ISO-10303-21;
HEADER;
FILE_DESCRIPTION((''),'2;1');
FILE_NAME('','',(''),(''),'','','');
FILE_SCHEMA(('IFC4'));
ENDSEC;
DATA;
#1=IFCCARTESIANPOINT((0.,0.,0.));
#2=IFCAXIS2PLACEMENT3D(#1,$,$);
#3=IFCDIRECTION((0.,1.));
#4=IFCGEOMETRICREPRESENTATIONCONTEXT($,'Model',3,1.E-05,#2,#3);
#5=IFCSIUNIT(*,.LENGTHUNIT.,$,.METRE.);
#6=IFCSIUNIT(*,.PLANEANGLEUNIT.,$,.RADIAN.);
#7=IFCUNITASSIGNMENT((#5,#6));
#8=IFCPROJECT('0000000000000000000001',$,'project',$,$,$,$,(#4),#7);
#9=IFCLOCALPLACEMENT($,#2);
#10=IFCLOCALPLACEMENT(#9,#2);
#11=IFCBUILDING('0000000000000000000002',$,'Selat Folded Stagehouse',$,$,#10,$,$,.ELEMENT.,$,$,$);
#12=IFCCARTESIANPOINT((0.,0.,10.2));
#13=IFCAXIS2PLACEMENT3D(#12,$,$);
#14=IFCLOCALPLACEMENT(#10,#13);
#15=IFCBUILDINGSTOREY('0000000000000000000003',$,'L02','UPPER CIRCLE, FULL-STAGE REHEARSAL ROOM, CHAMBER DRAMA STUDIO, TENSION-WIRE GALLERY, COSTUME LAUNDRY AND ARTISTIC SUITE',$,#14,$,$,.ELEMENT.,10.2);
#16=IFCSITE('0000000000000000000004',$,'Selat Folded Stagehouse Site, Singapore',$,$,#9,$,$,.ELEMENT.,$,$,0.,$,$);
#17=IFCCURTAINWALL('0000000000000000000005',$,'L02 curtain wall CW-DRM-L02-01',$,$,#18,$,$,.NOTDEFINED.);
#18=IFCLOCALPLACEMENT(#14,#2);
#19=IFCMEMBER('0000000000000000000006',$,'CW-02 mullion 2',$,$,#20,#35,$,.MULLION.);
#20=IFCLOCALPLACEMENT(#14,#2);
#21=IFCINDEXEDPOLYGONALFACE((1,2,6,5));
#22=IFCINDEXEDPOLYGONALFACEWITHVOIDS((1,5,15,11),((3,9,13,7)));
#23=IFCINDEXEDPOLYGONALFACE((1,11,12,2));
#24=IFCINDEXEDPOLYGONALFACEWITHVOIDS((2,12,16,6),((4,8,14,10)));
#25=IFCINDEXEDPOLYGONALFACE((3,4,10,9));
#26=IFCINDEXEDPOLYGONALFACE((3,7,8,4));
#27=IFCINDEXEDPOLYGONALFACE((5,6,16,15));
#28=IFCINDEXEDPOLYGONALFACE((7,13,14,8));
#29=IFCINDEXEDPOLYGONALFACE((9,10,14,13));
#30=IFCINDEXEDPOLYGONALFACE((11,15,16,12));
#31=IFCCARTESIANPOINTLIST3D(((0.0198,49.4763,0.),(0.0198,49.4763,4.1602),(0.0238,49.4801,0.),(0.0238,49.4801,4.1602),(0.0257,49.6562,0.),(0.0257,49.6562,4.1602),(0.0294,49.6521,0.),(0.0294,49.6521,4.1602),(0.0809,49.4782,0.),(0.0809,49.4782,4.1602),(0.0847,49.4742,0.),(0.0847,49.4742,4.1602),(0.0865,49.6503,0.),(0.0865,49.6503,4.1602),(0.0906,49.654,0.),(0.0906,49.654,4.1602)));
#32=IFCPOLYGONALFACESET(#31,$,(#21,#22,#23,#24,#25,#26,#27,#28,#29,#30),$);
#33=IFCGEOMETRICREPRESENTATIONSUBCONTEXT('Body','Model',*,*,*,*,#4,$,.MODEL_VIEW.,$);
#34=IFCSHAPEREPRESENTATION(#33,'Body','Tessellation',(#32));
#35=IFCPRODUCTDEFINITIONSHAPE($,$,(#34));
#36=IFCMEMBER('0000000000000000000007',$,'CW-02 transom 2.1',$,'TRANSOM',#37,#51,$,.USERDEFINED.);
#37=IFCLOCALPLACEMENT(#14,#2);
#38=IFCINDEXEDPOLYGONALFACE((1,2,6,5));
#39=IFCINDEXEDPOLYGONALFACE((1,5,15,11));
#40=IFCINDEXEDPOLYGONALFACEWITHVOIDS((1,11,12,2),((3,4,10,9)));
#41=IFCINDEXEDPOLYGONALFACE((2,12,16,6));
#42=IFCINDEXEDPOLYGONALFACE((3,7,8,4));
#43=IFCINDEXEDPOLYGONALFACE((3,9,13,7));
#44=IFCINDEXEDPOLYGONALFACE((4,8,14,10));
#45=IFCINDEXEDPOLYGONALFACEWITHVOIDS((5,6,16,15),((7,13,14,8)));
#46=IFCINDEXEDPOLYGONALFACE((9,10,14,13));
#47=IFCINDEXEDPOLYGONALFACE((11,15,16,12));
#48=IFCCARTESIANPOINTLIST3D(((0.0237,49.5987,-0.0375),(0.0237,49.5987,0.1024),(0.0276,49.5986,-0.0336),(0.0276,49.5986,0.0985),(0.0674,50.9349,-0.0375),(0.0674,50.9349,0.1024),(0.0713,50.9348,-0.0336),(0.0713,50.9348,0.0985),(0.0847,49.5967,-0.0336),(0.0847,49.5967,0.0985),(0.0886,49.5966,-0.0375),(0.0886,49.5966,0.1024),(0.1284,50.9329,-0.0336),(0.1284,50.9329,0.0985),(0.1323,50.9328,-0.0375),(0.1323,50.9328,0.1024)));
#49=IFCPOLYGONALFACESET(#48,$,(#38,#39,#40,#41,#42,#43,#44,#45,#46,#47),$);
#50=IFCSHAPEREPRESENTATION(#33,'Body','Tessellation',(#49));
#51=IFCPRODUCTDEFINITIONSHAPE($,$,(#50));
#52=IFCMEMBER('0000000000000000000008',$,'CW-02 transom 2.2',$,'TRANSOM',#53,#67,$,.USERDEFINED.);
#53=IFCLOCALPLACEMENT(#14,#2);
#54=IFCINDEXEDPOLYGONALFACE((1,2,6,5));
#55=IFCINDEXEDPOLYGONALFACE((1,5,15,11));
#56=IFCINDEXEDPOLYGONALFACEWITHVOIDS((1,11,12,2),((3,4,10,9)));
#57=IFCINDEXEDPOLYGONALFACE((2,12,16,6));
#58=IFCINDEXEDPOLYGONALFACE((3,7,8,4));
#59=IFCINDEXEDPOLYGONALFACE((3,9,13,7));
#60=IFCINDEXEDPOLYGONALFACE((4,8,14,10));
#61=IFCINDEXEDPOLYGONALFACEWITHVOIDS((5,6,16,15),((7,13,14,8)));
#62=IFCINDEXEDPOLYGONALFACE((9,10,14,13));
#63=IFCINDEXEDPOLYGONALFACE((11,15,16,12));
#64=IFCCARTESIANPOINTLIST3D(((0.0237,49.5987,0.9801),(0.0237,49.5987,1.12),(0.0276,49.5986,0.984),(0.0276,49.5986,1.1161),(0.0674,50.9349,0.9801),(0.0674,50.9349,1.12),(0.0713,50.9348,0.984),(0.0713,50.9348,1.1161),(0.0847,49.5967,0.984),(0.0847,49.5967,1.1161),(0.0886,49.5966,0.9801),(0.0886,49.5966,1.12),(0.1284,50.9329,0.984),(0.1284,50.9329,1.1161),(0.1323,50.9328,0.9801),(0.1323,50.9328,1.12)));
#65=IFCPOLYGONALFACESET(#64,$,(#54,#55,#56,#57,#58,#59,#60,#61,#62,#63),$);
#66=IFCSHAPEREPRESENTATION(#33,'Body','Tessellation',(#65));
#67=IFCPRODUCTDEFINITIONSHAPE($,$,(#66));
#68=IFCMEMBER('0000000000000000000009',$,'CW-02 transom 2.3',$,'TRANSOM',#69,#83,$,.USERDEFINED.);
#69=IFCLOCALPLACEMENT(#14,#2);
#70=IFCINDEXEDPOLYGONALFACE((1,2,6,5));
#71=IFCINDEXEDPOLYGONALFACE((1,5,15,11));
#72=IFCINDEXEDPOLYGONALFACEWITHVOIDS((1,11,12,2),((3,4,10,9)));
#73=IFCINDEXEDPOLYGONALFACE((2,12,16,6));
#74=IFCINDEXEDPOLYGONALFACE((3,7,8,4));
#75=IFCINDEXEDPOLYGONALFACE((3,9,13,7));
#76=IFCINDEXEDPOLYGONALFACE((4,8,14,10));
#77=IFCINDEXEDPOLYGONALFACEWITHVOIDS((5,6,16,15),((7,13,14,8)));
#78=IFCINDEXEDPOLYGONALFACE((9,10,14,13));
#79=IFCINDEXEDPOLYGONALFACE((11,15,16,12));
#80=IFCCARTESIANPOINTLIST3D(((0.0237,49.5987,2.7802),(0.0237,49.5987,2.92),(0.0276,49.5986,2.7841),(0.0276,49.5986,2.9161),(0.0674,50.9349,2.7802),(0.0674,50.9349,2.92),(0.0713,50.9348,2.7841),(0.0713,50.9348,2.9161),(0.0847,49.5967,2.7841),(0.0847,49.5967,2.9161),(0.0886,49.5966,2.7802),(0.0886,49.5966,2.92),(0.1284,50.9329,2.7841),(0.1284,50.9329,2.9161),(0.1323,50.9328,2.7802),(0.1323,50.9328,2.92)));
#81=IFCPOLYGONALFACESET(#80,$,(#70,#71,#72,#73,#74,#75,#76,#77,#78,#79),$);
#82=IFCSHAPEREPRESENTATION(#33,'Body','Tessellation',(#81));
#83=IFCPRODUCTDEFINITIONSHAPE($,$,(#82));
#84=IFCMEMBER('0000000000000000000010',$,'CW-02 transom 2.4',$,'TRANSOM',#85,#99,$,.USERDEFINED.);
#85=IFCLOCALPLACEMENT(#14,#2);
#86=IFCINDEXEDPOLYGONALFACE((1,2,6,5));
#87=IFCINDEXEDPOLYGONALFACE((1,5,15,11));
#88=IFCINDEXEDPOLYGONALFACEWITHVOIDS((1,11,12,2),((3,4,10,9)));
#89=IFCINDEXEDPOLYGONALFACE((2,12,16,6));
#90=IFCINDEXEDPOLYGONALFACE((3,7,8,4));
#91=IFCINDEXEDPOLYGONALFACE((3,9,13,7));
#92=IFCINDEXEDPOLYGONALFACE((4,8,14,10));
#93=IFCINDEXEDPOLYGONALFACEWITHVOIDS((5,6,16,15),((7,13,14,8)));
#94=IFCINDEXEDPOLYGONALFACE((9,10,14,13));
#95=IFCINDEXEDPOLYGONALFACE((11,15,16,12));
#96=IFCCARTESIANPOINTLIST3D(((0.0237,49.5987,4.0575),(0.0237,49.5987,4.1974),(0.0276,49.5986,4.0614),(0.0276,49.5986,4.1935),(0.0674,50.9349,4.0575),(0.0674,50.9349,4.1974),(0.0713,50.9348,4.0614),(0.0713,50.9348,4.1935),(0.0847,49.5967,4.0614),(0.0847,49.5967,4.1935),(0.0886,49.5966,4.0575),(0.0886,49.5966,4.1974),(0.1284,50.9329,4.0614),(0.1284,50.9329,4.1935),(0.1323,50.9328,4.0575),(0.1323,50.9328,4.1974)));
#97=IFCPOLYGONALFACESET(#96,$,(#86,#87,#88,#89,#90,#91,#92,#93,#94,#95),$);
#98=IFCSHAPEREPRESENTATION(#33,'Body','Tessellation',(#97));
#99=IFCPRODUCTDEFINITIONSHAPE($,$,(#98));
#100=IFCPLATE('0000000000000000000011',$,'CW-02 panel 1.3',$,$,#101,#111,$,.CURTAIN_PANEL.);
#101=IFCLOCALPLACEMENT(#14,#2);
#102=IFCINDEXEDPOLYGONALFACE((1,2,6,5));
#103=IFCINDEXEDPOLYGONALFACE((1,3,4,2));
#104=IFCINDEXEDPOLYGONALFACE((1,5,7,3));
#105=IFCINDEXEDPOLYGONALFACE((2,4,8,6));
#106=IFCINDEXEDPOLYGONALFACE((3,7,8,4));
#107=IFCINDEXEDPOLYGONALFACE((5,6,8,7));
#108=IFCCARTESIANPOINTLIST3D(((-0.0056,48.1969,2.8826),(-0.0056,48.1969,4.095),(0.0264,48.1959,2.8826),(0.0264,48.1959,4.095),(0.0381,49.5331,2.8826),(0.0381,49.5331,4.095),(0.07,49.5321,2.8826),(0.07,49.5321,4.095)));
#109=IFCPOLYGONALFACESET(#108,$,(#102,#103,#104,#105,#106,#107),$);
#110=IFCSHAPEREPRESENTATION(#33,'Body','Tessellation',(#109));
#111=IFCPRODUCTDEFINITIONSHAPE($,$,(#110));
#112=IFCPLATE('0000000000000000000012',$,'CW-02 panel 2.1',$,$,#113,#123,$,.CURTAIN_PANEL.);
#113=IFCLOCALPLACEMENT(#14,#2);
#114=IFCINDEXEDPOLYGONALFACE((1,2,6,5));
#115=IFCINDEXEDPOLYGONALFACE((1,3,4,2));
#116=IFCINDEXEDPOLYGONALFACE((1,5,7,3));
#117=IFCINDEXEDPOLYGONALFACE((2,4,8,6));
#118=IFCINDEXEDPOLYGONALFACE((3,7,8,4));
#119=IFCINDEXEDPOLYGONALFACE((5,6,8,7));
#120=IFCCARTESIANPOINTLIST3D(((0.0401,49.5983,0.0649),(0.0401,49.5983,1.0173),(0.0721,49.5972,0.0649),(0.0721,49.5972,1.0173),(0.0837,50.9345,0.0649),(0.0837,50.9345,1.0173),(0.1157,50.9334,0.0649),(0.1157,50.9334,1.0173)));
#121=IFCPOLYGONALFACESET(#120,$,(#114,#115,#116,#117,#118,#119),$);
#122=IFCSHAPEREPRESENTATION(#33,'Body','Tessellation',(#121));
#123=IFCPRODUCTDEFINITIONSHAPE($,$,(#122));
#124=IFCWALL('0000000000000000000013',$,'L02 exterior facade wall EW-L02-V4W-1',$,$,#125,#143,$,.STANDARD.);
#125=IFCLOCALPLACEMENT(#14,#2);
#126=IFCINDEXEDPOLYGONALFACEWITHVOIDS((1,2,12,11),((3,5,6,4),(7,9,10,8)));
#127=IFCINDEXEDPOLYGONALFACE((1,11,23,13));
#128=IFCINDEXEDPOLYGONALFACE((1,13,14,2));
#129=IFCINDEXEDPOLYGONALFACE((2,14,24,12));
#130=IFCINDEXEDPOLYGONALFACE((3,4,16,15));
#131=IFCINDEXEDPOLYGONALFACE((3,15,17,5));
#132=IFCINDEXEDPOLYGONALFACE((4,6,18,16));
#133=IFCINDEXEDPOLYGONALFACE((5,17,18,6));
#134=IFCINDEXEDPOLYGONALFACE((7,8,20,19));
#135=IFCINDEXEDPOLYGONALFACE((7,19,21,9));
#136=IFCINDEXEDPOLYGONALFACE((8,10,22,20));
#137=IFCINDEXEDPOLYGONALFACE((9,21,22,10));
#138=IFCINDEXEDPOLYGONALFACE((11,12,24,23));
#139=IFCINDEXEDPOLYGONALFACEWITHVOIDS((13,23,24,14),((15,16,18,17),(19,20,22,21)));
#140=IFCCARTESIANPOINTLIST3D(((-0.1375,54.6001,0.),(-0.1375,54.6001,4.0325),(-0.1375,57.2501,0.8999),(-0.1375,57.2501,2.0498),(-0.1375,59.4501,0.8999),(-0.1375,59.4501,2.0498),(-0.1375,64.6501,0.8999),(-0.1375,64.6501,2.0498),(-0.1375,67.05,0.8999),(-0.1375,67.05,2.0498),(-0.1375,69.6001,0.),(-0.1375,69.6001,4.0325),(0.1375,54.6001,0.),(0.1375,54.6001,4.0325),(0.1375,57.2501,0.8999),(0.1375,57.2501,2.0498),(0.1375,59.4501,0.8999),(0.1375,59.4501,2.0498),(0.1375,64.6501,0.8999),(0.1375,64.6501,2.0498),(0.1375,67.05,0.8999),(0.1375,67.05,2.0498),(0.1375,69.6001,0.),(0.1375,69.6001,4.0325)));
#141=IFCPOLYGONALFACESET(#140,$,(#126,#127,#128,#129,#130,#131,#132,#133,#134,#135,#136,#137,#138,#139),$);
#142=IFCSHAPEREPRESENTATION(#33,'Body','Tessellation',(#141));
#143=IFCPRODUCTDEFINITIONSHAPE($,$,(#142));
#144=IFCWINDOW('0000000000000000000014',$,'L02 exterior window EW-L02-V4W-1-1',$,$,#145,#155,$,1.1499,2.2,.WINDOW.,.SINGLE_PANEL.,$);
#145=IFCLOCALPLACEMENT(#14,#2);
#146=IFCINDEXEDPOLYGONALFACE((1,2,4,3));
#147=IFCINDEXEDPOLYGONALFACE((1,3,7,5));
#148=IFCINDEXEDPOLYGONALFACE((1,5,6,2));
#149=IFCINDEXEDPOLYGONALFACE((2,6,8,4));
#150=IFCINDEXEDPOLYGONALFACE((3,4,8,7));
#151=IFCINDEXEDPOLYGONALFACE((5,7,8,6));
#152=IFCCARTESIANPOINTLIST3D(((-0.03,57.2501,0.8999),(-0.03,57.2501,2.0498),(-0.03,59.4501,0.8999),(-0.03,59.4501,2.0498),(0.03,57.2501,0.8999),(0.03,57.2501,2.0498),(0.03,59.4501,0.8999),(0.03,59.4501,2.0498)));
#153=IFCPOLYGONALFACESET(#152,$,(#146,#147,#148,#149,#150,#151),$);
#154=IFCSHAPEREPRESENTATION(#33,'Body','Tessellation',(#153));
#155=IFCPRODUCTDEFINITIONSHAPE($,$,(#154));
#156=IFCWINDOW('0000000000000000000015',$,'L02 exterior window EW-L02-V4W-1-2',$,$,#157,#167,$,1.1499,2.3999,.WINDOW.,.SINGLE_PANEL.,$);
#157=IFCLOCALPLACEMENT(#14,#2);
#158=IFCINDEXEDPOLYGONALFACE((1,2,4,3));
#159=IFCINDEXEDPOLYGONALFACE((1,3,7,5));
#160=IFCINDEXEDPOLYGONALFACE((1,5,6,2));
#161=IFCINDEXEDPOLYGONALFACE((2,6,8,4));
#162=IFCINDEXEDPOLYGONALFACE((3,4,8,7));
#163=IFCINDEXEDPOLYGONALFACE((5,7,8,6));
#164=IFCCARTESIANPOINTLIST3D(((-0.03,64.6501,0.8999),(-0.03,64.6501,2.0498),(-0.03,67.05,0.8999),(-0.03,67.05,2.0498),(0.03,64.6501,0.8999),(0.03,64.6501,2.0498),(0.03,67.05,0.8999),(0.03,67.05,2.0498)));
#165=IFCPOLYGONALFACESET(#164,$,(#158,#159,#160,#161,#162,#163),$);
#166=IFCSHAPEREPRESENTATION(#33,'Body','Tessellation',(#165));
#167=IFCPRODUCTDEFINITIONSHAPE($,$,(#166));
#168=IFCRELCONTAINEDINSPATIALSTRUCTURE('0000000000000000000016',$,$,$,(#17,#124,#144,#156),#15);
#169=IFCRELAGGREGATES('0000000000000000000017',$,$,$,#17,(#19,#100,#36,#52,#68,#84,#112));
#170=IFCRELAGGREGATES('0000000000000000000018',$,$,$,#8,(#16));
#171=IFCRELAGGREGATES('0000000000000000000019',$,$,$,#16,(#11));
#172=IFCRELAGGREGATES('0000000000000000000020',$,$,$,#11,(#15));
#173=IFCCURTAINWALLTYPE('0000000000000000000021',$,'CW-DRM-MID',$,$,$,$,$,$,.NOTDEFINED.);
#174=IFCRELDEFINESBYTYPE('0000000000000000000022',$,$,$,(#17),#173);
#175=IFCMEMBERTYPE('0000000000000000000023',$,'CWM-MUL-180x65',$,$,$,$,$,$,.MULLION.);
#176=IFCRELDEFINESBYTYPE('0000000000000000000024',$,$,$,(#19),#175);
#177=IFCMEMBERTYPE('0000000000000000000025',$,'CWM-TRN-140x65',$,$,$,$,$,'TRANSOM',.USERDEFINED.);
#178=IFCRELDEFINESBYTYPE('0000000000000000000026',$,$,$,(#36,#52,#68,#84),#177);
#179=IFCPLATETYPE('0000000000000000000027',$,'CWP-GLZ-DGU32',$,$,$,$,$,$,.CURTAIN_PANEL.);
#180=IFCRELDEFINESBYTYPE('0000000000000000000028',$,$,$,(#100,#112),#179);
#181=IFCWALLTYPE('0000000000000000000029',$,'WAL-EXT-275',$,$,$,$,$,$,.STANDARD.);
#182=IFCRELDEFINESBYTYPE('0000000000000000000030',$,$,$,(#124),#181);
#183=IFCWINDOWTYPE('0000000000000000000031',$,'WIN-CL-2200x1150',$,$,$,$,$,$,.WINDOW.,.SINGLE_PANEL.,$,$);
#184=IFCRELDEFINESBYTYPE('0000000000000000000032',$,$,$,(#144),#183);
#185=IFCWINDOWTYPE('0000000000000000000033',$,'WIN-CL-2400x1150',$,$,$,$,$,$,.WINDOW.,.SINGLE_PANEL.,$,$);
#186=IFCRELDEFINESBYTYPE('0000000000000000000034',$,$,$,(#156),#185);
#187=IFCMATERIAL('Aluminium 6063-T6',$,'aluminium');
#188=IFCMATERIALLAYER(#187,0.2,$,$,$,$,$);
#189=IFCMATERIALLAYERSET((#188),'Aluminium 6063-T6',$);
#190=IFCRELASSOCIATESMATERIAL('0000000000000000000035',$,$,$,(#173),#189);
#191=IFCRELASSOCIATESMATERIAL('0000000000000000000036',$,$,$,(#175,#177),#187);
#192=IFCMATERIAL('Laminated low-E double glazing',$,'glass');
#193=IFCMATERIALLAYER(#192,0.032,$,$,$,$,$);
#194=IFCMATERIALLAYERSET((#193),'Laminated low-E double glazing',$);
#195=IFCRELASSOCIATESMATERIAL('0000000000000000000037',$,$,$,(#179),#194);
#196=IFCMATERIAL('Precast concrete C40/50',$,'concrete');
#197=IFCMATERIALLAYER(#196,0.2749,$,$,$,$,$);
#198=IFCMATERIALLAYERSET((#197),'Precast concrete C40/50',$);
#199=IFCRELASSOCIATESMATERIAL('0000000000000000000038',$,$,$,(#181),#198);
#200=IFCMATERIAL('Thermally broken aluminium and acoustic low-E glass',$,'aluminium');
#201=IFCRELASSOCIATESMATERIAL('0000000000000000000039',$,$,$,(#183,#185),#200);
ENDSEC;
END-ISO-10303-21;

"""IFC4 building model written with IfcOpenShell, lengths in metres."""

from ifc_helpers import new_model, si_unit, direction, frame, frame_2d, origin, origin_2d, place, context, subcontext, project, spatial, rectangle, hollow_rectangle, extrude, material, layer, layer_set, material_profile, profile_set, type_object, element, fill, aggregate, save


model = new_model("IFC4")

# Units and contexts
model_context = context("Model", 3, precision=1e-05, world=origin(), true_north=direction((0.0, 1.0)))
body_context = subcontext(model_context, "Body", "Model", "MODEL_VIEW")
ifc_project = project(units=[si_unit("LENGTHUNIT", "METRE"), si_unit("PLANEANGLEUNIT", "RADIAN")], contexts=[model_context])

# Site, building, storey
site_placement = place(None, origin())
site = spatial("IfcSite", under=ifc_project, at=site_placement, Name="Selat Folded Stagehouse Site, Singapore", CompositionType="ELEMENT", RefElevation=0.0)
building_placement = place(site_placement, origin())
building = spatial("IfcBuilding", under=site, at=building_placement, Name="Selat Folded Stagehouse", CompositionType="ELEMENT")
storey_placement = place(building_placement, frame((0.0, 0.0, 10.2)))
storey = spatial("IfcBuildingStorey", under=building, at=storey_placement, Name="L02", Description="UPPER CIRCLE, FULL-STAGE REHEARSAL ROOM, CHAMBER DRAMA STUDIO, TENSION-WIRE GALLERY, COSTUME LAUNDRY AND ARTISTIC SUITE", CompositionType="ELEMENT", Elevation=10.2)

# Curtain wall, members, plates
ifc_material_1 = material(Name="Aluminium 6063-T6", Category="aluminium")
ifc_layer_1 = layer(ifc_material_1, 0.2)
ifc_layer_set_1 = layer_set([ifc_layer_1], Name="Aluminium 6063-T6")
curtain_wall_type = type_object("IfcCurtainWallType", Name="CW-DRM-MID", PredefinedType="NOTDEFINED", material=ifc_layer_set_1)
curtain_wall_placement = place(storey_placement, origin())
curtain_wall = element("IfcCurtainWall", 1, at=curtain_wall_placement, inside=storey, type_object=curtain_wall_type, Name="L02 curtain wall CW-DRM-L02-01", PredefinedType="NOTDEFINED")
ifc_material_profile_1 = material_profile(ifc_material_1, hollow_rectangle(XDim=0.0649, YDim=0.1799, WallThickness=0.0039, at=origin_2d()), Name="ALU 180x65x4.0")
ifc_profile_set_1 = profile_set([ifc_material_profile_1], Name="Aluminium 6063-T6")
member_type_1 = type_object("IfcMemberType", Name="CWM-MUL-180x65", PredefinedType="MULLION", material=ifc_profile_set_1)
member_1_placement = place(storey_placement, frame((0.0552, 49.5652, 0.0), z_axis=(0.0, 0.0, 1.0), x_axis=(-0.999468, 0.032625, 0.0)))
member_1 = element("IfcMember", 2, at=member_1_placement, type_object=member_type_1, Name="CW-02 mullion 2", PredefinedType="MULLION", context=body_context, shape_type="SweptSolid", body=[
    extrude(hollow_rectangle(XDim=0.0649, YDim=0.1799, WallThickness=0.0039, at=origin_2d()), origin(), (0.0, 0.0, 1.0), 4.1602),
])
ifc_material_profile_2 = material_profile(ifc_material_1, hollow_rectangle(XDim=0.0649, YDim=0.1399, WallThickness=0.0039, at=origin_2d()), Name="ALU 140x65x4.0")
ifc_profile_set_2 = profile_set([ifc_material_profile_2], Name="Aluminium 6063-T6")
member_type_2 = type_object("IfcMemberType", Name="CWM-TRN-140x65", ElementType="TRANSOM", PredefinedType="USERDEFINED", material=ifc_profile_set_2)
member_2_placement = place(storey_placement, frame((0.0562, 49.5977, 0.0325), z_axis=(0.032689, 0.999466, 0.0), x_axis=(-0.999466, 0.032689, 0.0)))
member_2 = element("IfcMember", 3, at=member_2_placement, type_object=member_type_2, Name="CW-02 transom 2.1", ObjectType="TRANSOM", PredefinedType="USERDEFINED", context=body_context, shape_type="SweptSolid", body=[
    extrude(hollow_rectangle(XDim=0.0649, YDim=0.1399, WallThickness=0.0039, at=origin_2d()), origin(), (0.0, 0.0, 1.0), 1.3369),
])
member_3_placement = place(storey_placement, frame((0.0562, 49.5977, 1.05), z_axis=(0.032689, 0.999466, 0.0), x_axis=(-0.999466, 0.032689, 0.0)))
member_3 = element("IfcMember", 4, at=member_3_placement, type_object=member_type_2, Name="CW-02 transom 2.2", ObjectType="TRANSOM", PredefinedType="USERDEFINED", context=body_context, shape_type="SweptSolid", body=[
    extrude(hollow_rectangle(XDim=0.0649, YDim=0.1399, WallThickness=0.0039, at=origin_2d()), origin(), (0.0, 0.0, 1.0), 1.3369),
])
member_4_placement = place(storey_placement, frame((0.0562, 49.5977, 2.8501), z_axis=(0.032689, 0.999466, 0.0), x_axis=(-0.999466, 0.032689, 0.0)))
member_4 = element("IfcMember", 5, at=member_4_placement, type_object=member_type_2, Name="CW-02 transom 2.3", ObjectType="TRANSOM", PredefinedType="USERDEFINED", context=body_context, shape_type="SweptSolid", body=[
    extrude(hollow_rectangle(XDim=0.0649, YDim=0.1399, WallThickness=0.0039, at=origin_2d()), origin(), (0.0, 0.0, 1.0), 1.3369),
])
member_5_placement = place(storey_placement, frame((0.0562, 49.5977, 4.1274), z_axis=(0.032689, 0.999466, 0.0), x_axis=(-0.999466, 0.032689, 0.0)))
member_5 = element("IfcMember", 6, at=member_5_placement, type_object=member_type_2, Name="CW-02 transom 2.4", ObjectType="TRANSOM", PredefinedType="USERDEFINED", context=body_context, shape_type="SweptSolid", body=[
    extrude(hollow_rectangle(XDim=0.0649, YDim=0.1399, WallThickness=0.0039, at=origin_2d()), origin(), (0.0, 0.0, 1.0), 1.3369),
])
ifc_material_2 = material(Name="Laminated low-E double glazing", Category="glass")
ifc_layer_2 = layer(ifc_material_2, 0.032)
ifc_layer_set_2 = layer_set([ifc_layer_2], Name="Laminated low-E double glazing")
plate_type = type_object("IfcPlateType", Name="CWP-GLZ-DGU32", PredefinedType="CURTAIN_PANEL", material=ifc_layer_set_2)
plate_1_placement = place(storey_placement, frame((0.0322, 48.8645, 2.8826), z_axis=(0.0, 0.0, 1.0), x_axis=(0.032625, 0.999468, 0.0)))
plate_1 = element("IfcPlate", 7, at=plate_1_placement, type_object=plate_type, Name="CW-02 panel 1.3", PredefinedType="CURTAIN_PANEL", context=body_context, shape_type="SweptSolid", body=[
    extrude(rectangle(XDim=1.3369, YDim=0.032, at=origin_2d()), origin(), (0.0, 0.0, 1.0), 1.2124),
])
plate_2_placement = place(storey_placement, frame((0.0779, 50.2659, 0.0649), z_axis=(0.0, 0.0, 1.0), x_axis=(0.032625, 0.999468, 0.0)))
plate_2 = element("IfcPlate", 8, at=plate_2_placement, type_object=plate_type, Name="CW-02 panel 2.1", PredefinedType="CURTAIN_PANEL", context=body_context, shape_type="SweptSolid", body=[
    extrude(rectangle(XDim=1.3369, YDim=0.032, at=origin_2d()), origin(), (0.0, 0.0, 1.0), 0.9524),
])
aggregate(curtain_wall, [member_1, plate_1, member_2, member_3, member_4, member_5, plate_2])

# Wall, openings, windows
ifc_material_3 = material(Name="Precast concrete C40/50", Category="concrete")
ifc_layer_3 = layer(ifc_material_3, 0.2749)
ifc_layer_set_3 = layer_set([ifc_layer_3], Name="Precast concrete C40/50")
wall_type = type_object("IfcWallType", Name="WAL-EXT-275", PredefinedType="STANDARD", material=ifc_layer_set_3)
wall_placement = place(storey_placement, frame((0.0, 54.6001, 0.0), z_axis=(0.0, 0.0, 1.0), x_axis=(0.0, 1.0, 0.0)))
wall = element("IfcWall", 9, at=wall_placement, inside=storey, type_object=wall_type, Name="L02 exterior facade wall EW-L02-V4W-1", PredefinedType="STANDARD", context=body_context, shape_type="SweptSolid", body=[
    extrude(rectangle(XDim=15.0, YDim=0.2749, at=frame_2d((7.5, 0.0))), origin(), (0.0, 0.0, 1.0), 4.0325),
])
opening_1_placement = place(wall_placement, frame((2.6499, 0.0, 0.8999)))
opening_1 = element("IfcOpeningElement", 10, at=opening_1_placement, cuts=wall, PredefinedType="OPENING", context=body_context, shape_type="SweptSolid", body=[
    extrude(rectangle(XDim=2.2, YDim=1.1499, at=frame_2d((1.1001, 0.575))), frame((0.0, 0.1475, 0.0), z_axis=(0.0, -1.0, 0.0), x_axis=(1.0, 0.0, 0.0)), (0.0, 0.0, 1.0), 0.2949),
])
opening_2_placement = place(wall_placement, frame((10.05, 0.0, 0.8999)))
opening_2 = element("IfcOpeningElement", 11, at=opening_2_placement, cuts=wall, PredefinedType="OPENING", context=body_context, shape_type="SweptSolid", body=[
    extrude(rectangle(XDim=2.3999, YDim=1.1499, at=frame_2d((1.2, 0.575))), frame((0.0, 0.1475, 0.0), z_axis=(0.0, -1.0, 0.0), x_axis=(1.0, 0.0, 0.0)), (0.0, 0.0, 1.0), 0.2949),
])
ifc_material_4 = material(Name="Thermally broken aluminium and acoustic low-E glass", Category="aluminium")
window_type_1 = type_object("IfcWindowType", Name="WIN-CL-2200x1150", PartitioningType="SINGLE_PANEL", PredefinedType="WINDOW", material=ifc_material_4)
window_1_placement = place(opening_1_placement, origin())
window_1 = element("IfcWindow", 12, at=window_1_placement, inside=storey, type_object=window_type_1, Name="L02 exterior window EW-L02-V4W-1-1", OverallHeight=1.1499, OverallWidth=2.2, PartitioningType="SINGLE_PANEL", PredefinedType="WINDOW", context=body_context, shape_type="SweptSolid", body=[
    extrude(rectangle(XDim=2.2, YDim=1.1499, at=frame_2d((1.1001, 0.575))), frame((0.0, 0.03, 0.0), z_axis=(0.0, -1.0, 0.0), x_axis=(1.0, 0.0, 0.0)), (0.0, 0.0, 1.0), 0.0601),
])
fill(opening_1, window_1)
window_type_2 = type_object("IfcWindowType", Name="WIN-CL-2400x1150", PartitioningType="SINGLE_PANEL", PredefinedType="WINDOW", material=ifc_material_4)
window_2_placement = place(opening_2_placement, origin())
window_2 = element("IfcWindow", 13, at=window_2_placement, inside=storey, type_object=window_type_2, Name="L02 exterior window EW-L02-V4W-1-2", OverallHeight=1.1499, OverallWidth=2.3999, PartitioningType="SINGLE_PANEL", PredefinedType="WINDOW", context=body_context, shape_type="SweptSolid", body=[
    extrude(rectangle(XDim=2.3999, YDim=1.1499, at=frame_2d((1.2, 0.575))), frame((0.0, 0.03, 0.0), z_axis=(0.0, -1.0, 0.0), x_axis=(1.0, 0.0, 0.0)), (0.0, 0.0, 1.0), 0.0601),
])
fill(opening_2, window_2)

save(model, "model.ifc")
